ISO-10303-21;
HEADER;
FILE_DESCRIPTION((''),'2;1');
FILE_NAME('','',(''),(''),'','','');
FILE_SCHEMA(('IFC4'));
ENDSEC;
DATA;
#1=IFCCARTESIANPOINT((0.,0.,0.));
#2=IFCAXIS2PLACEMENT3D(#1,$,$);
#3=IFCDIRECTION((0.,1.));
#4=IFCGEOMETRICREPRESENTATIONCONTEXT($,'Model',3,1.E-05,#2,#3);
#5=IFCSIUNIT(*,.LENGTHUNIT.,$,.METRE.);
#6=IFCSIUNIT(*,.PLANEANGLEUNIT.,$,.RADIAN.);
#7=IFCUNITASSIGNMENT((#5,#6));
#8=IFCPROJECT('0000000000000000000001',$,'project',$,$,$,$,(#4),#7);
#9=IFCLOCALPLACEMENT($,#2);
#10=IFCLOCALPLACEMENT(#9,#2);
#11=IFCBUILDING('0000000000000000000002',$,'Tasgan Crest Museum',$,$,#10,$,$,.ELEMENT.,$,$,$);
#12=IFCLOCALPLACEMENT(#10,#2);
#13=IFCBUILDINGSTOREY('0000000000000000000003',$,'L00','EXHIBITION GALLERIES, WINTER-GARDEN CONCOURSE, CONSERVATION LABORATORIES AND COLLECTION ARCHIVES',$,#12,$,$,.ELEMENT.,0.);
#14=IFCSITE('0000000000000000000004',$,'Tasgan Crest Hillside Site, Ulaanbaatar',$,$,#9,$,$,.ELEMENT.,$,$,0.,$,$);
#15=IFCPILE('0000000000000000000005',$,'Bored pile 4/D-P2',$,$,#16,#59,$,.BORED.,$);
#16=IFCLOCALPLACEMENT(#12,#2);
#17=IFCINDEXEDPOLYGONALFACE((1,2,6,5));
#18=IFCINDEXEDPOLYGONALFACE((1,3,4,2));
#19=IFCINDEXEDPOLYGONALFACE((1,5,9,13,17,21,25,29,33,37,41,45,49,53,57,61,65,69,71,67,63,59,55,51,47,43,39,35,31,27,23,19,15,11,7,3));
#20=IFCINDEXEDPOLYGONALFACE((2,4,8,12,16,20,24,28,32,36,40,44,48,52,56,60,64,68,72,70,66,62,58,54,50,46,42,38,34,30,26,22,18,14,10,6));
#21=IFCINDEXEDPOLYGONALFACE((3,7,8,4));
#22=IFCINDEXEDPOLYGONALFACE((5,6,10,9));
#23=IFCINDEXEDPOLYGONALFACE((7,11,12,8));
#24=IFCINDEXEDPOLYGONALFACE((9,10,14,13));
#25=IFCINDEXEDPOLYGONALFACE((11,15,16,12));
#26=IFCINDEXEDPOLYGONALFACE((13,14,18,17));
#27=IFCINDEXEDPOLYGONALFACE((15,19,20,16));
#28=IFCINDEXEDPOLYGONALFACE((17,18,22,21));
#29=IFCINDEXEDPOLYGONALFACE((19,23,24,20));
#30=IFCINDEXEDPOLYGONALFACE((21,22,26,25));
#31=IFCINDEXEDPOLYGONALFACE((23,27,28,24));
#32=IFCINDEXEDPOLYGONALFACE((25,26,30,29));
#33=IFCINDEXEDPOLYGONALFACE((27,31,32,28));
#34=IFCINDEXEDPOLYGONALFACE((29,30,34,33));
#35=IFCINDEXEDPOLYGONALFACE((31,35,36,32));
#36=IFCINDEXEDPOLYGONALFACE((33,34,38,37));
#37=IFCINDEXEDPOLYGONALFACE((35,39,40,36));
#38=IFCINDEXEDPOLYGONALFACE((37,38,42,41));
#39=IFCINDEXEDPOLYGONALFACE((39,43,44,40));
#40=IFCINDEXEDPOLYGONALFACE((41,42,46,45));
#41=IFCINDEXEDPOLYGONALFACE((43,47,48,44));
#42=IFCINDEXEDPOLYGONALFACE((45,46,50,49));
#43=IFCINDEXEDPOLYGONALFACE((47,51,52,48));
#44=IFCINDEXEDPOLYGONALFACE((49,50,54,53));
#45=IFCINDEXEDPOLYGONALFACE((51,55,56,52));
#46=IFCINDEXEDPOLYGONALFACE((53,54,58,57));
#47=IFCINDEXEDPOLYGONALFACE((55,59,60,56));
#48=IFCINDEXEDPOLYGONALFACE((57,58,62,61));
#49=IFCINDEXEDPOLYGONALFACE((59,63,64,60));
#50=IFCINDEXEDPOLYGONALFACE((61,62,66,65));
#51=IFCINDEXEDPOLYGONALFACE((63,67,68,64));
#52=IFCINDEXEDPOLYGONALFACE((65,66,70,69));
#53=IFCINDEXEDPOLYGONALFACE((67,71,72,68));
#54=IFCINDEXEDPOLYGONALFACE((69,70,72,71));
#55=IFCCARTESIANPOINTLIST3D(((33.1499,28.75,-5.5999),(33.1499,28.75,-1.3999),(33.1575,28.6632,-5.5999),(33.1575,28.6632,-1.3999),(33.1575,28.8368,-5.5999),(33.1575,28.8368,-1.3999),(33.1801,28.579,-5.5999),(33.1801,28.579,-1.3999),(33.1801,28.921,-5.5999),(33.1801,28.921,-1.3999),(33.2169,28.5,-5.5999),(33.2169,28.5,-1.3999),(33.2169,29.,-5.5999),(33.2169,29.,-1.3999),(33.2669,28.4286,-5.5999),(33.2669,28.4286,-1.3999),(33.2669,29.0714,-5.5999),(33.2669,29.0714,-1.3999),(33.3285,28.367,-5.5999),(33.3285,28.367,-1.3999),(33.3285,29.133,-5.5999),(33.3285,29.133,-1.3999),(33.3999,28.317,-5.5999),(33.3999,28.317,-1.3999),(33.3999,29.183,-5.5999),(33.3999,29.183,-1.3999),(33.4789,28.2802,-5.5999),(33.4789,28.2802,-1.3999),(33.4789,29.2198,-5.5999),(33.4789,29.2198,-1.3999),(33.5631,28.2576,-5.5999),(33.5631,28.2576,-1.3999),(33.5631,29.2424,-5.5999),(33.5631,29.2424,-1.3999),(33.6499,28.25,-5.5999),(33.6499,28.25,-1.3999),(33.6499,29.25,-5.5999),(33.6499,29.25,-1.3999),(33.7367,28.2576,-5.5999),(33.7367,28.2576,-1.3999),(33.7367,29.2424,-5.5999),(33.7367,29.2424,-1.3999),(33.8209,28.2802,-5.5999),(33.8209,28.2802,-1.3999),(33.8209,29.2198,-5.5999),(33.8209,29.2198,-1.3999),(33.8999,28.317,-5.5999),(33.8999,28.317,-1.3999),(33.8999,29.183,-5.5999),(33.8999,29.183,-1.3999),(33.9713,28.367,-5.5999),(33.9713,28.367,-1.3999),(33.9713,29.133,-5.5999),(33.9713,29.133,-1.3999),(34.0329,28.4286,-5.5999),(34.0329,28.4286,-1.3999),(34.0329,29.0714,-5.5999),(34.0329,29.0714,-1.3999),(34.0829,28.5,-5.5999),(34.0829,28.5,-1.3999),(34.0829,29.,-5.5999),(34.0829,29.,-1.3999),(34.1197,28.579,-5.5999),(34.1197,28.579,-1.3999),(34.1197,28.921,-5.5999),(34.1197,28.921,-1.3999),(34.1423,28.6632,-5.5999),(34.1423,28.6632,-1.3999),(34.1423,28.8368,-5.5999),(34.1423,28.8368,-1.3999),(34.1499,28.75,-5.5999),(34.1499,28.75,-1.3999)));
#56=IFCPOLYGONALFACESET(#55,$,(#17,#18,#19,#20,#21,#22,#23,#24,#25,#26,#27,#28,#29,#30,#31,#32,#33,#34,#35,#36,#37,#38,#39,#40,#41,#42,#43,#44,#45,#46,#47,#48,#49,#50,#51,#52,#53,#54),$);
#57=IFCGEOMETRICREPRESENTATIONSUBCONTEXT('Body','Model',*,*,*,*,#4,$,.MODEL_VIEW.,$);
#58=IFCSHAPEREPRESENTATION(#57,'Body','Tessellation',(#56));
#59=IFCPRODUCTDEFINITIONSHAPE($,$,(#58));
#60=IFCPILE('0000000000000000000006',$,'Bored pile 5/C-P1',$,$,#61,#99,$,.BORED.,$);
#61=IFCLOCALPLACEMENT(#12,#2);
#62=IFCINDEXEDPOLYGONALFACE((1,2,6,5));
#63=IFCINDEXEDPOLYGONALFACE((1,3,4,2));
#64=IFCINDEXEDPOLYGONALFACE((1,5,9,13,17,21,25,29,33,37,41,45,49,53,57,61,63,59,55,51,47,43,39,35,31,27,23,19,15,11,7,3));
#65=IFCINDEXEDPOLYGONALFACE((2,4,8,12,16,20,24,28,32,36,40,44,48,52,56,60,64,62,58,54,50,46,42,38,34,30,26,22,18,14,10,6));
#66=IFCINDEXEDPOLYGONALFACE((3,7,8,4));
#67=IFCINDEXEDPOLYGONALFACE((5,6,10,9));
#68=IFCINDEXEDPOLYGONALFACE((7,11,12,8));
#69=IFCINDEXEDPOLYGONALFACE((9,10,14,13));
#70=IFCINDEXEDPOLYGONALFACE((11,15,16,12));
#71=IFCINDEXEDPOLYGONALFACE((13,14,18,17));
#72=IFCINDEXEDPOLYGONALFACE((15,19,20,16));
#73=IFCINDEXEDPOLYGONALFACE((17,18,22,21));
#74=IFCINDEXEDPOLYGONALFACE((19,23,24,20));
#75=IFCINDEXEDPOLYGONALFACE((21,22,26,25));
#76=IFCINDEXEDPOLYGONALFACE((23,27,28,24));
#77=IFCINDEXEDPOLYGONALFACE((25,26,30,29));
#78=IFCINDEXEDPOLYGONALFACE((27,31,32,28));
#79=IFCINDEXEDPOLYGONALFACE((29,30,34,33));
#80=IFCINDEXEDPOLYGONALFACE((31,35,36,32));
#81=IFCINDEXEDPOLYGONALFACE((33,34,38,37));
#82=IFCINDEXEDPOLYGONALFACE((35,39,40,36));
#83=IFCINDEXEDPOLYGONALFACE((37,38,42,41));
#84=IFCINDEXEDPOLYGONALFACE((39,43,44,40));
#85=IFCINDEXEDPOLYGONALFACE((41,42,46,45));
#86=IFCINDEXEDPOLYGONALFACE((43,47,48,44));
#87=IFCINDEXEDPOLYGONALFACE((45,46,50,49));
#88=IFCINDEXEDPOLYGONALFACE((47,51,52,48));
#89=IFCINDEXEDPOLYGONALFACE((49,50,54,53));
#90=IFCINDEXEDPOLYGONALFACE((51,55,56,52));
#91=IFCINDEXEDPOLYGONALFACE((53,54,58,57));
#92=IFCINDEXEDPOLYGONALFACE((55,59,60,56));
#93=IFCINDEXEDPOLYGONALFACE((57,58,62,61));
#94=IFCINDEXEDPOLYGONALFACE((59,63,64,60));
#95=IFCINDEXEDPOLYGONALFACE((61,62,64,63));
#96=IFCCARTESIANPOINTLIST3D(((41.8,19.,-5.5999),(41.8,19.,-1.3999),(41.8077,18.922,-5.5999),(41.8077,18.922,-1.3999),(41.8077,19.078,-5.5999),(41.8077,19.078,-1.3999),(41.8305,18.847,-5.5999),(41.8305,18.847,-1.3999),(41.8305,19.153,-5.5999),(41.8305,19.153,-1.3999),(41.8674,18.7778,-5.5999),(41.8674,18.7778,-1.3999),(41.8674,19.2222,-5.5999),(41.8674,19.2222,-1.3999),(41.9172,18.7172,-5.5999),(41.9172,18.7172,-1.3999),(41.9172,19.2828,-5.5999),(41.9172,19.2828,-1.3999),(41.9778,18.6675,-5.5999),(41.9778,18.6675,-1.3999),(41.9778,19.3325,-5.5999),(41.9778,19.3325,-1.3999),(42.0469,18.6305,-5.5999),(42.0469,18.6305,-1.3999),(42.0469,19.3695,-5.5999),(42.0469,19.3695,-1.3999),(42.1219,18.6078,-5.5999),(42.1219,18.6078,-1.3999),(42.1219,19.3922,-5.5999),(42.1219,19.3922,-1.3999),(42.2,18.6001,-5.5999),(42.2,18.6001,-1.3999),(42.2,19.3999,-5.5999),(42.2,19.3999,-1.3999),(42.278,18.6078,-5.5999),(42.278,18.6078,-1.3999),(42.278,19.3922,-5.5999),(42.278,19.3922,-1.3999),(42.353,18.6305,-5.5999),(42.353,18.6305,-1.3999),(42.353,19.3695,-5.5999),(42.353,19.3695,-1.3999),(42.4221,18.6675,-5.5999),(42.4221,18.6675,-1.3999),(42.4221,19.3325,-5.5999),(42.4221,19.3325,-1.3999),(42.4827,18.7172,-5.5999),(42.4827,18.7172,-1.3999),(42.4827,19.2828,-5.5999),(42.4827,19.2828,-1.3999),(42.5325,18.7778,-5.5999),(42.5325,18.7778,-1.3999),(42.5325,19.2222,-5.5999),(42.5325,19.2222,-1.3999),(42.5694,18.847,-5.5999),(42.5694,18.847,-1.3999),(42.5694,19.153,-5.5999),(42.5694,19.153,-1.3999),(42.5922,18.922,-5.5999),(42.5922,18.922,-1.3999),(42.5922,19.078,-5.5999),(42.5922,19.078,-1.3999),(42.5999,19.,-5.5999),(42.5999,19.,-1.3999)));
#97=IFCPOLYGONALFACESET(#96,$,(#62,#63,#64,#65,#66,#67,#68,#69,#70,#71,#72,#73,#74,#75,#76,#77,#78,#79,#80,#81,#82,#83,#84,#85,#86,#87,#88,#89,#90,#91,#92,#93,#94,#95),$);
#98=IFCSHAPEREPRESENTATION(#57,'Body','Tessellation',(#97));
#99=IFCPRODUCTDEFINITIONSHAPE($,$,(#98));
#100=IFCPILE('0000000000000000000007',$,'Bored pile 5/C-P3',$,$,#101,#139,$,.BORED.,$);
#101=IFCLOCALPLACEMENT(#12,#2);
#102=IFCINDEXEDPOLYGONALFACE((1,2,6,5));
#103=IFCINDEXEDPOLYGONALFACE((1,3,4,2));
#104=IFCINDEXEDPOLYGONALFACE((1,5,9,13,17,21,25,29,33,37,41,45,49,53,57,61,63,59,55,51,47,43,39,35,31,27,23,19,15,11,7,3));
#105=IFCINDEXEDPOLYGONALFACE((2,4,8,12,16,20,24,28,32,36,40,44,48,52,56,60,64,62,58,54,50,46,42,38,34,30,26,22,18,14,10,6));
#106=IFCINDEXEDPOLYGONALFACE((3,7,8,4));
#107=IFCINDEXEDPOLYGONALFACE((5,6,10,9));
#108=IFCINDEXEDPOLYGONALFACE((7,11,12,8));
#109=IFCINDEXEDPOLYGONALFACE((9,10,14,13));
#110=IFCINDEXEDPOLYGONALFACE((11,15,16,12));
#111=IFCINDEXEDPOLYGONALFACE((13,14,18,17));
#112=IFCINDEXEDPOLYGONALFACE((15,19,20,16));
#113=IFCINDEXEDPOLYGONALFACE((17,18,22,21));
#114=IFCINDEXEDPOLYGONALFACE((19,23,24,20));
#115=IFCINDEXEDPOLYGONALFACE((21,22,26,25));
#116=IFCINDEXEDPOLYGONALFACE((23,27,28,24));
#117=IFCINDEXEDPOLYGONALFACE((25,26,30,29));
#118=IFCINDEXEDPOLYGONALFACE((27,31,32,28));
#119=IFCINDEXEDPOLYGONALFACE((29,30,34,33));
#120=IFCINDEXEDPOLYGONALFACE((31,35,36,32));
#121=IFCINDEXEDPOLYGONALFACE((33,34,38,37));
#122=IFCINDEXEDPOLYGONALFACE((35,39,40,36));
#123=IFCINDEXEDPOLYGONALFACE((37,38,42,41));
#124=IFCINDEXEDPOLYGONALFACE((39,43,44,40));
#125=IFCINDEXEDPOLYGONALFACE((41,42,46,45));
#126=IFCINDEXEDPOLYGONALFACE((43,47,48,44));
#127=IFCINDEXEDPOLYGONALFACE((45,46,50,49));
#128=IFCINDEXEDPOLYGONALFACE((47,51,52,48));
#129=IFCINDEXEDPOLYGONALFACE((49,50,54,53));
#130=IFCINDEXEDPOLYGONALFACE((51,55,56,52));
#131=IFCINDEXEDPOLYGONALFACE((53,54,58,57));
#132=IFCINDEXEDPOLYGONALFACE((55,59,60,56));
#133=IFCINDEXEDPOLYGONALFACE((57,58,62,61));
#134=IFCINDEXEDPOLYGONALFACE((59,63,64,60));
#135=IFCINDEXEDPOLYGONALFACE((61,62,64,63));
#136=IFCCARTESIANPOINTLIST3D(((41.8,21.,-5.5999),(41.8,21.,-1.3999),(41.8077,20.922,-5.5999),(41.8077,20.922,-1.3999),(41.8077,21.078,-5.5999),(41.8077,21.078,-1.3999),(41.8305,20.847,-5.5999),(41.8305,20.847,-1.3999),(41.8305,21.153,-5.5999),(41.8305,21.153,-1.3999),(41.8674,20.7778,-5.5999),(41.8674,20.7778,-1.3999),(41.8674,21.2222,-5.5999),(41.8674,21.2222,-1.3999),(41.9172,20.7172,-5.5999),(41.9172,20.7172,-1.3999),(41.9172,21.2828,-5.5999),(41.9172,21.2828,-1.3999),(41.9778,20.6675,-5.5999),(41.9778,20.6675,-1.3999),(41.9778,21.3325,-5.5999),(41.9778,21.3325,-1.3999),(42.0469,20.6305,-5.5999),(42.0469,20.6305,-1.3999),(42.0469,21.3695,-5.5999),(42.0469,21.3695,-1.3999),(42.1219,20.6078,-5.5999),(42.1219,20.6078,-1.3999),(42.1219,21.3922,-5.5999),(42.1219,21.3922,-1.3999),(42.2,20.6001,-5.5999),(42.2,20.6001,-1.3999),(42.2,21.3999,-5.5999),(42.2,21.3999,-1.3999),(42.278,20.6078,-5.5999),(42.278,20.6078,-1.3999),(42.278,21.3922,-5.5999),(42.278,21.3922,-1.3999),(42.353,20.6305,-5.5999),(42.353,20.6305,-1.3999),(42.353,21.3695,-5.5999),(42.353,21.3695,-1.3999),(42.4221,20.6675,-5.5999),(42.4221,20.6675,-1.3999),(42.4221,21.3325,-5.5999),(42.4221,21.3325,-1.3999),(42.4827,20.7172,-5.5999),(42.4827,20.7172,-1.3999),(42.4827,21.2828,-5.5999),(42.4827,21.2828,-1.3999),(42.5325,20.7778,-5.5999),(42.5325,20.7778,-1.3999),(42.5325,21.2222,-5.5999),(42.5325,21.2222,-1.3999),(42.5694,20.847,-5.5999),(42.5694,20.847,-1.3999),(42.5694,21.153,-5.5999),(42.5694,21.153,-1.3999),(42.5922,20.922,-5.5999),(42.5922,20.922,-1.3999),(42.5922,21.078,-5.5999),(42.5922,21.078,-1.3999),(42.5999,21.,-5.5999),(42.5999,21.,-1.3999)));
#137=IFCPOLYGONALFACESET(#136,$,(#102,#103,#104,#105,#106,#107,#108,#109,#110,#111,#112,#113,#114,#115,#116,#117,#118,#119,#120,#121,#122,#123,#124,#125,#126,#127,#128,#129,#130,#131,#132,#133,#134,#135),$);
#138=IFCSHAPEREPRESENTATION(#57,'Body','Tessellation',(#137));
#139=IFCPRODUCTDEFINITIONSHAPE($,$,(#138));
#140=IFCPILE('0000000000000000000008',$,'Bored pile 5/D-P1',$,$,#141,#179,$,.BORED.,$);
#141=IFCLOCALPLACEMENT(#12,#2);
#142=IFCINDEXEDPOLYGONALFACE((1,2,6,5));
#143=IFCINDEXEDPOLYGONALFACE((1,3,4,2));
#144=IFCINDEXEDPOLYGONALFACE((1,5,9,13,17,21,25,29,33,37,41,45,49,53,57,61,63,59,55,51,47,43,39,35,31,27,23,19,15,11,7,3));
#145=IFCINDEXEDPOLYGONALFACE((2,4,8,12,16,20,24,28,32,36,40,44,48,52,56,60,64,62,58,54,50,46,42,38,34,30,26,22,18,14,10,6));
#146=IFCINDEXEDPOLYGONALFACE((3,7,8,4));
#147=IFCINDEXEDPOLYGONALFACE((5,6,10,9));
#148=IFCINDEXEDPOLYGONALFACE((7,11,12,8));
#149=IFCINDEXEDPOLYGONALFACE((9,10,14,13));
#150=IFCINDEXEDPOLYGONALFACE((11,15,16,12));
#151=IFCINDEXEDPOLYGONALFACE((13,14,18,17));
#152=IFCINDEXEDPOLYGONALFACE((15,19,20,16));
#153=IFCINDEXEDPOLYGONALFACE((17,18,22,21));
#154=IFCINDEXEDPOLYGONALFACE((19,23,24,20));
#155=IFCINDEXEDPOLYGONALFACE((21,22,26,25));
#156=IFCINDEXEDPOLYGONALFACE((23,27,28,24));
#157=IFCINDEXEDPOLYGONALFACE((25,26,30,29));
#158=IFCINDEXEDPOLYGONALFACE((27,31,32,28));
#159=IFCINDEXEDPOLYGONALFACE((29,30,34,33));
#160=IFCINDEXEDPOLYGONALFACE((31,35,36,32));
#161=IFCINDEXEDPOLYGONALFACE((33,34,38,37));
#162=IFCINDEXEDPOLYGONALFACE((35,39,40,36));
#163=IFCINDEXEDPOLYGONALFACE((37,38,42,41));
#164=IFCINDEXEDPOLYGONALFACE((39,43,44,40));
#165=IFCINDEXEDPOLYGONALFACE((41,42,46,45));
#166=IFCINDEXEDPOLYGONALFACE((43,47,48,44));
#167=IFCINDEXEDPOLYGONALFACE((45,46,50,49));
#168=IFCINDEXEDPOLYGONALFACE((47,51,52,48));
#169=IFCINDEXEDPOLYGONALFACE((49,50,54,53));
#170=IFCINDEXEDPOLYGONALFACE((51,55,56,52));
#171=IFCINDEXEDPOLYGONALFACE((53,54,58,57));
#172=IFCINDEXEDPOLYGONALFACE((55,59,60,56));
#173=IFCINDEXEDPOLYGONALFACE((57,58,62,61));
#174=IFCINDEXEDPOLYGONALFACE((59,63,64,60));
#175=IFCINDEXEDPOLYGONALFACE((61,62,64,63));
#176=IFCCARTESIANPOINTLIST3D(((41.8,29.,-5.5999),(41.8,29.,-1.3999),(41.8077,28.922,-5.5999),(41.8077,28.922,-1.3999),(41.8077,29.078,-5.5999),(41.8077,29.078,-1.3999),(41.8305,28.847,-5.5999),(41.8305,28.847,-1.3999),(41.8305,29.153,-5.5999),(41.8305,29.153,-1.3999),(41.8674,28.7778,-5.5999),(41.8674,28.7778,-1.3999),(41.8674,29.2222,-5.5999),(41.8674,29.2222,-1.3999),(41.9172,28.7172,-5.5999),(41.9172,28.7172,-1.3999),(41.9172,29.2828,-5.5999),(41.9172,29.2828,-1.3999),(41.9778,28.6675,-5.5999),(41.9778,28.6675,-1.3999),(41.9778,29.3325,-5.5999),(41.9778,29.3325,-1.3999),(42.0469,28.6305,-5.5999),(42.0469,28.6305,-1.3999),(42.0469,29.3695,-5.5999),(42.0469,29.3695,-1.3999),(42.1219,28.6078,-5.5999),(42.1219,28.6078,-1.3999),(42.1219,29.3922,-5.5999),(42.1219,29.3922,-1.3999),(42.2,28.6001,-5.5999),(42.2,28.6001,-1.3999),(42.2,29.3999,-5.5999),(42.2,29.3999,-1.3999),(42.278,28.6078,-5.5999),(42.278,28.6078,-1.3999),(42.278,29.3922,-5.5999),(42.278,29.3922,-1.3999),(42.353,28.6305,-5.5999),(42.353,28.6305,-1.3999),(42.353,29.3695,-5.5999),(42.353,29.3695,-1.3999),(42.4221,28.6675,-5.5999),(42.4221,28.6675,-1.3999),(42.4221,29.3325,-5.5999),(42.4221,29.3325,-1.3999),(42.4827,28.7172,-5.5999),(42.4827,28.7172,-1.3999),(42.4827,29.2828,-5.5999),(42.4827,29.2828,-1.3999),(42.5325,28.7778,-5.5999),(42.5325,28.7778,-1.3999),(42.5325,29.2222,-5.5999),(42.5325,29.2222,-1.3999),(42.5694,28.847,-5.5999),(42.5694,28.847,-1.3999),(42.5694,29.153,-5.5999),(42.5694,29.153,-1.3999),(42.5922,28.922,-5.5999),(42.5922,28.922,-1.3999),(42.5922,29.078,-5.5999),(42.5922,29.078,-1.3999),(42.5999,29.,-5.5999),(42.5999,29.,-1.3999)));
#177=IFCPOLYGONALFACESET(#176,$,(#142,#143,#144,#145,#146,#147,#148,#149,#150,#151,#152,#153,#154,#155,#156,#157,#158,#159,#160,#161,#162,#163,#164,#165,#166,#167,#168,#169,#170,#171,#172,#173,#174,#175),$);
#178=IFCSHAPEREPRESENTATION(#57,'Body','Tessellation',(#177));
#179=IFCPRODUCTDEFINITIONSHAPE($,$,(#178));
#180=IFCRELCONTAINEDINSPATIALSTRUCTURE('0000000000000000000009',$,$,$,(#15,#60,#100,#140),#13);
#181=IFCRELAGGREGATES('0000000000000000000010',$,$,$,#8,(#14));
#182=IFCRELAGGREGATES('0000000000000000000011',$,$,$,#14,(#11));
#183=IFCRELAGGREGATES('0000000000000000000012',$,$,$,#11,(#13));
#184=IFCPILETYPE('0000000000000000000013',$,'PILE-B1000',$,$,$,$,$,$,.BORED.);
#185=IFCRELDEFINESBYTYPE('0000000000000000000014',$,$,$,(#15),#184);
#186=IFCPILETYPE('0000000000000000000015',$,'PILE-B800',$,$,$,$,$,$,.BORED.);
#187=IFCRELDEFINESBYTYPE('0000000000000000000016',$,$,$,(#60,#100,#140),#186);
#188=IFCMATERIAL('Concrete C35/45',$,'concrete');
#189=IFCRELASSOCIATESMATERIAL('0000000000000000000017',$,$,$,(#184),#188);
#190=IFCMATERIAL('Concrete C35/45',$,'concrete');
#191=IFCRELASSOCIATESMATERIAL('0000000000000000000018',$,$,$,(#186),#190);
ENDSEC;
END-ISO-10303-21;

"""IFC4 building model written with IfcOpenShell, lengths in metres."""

from ifc_helpers import new_model, si_unit, direction, frame, origin, origin_2d, place, context, subcontext, project, spatial, circle, extrude, material, material_profile, profile_set, type_object, element, save


model = new_model("IFC4")

# Units and contexts
model_context = context("Model", 3, precision=1e-05, world=origin(), true_north=direction((0.0, 1.0)))
body_context = subcontext(model_context, "Body", "Model", "MODEL_VIEW")
ifc_project = project(units=[si_unit("LENGTHUNIT", "METRE"), si_unit("PLANEANGLEUNIT", "RADIAN")], contexts=[model_context])

# Site, building, storey
site_placement = place(None, origin())
site = spatial("IfcSite", under=ifc_project, at=site_placement, Name="Tasgan Crest Hillside Site, Ulaanbaatar", CompositionType="ELEMENT", RefElevation=0.0)
building_placement = place(site_placement, origin())
building = spatial("IfcBuilding", under=site, at=building_placement, Name="Tasgan Crest Museum", CompositionType="ELEMENT")
storey_placement = place(building_placement, origin())
storey = spatial("IfcBuildingStorey", under=building, at=storey_placement, Name="L00", Description="EXHIBITION GALLERIES, WINTER-GARDEN CONCOURSE, CONSERVATION LABORATORIES AND COLLECTION ARCHIVES", CompositionType="ELEMENT", Elevation=0.0)

# Piles
ifc_material_1 = material(Name="Concrete C35/45", Category="concrete")
ifc_material_profile_1 = material_profile(ifc_material_1, circle(Radius=0.5, at=origin_2d()), Name="PILE D1000")
ifc_profile_set_1 = profile_set([ifc_material_profile_1], Name="Concrete C35/45")
pile_type_1 = type_object("IfcPileType", Name="PILE-B1000", PredefinedType="BORED", material=ifc_profile_set_1)
for number, where, z_axis, x_axis, name in (
    (1, (33.6499, 28.75, -1.3999), (0.0, 0.0, -1.0), (1.0, 0.0, 0.0), "Bored pile 4/D-P2"),
):
    element("IfcPile", number, at=place(storey_placement, frame(where, z_axis=z_axis, x_axis=x_axis)), inside=storey, type_object=pile_type_1, Name=name, PredefinedType="BORED", context=body_context, shape_type="SweptSolid", body=[
        extrude(circle(Radius=0.5, at=origin_2d()), origin(), (0.0, 0.0, 1.0), 4.2),
    ])
ifc_material_2 = material(Name="Concrete C35/45", Category="concrete")
ifc_material_profile_2 = material_profile(ifc_material_2, circle(Radius=0.3999, at=origin_2d()), Name="PILE D800")
ifc_profile_set_2 = profile_set([ifc_material_profile_2], Name="Concrete C35/45")
pile_type_2 = type_object("IfcPileType", Name="PILE-B800", PredefinedType="BORED", material=ifc_profile_set_2)
for number, where, z_axis, x_axis, name in (
    (2, (42.2, 19.0, -1.3999), (0.0, 0.0, -1.0), (1.0, 0.0, 0.0), "Bored pile 5/C-P1"),
    (3, (42.2, 21.0, -1.3999), (0.0, 0.0, -1.0), (1.0, 0.0, 0.0), "Bored pile 5/C-P3"),
    (4, (42.2, 29.0, -1.3999), (0.0, 0.0, -1.0), (1.0, 0.0, 0.0), "Bored pile 5/D-P1"),
):
    element("IfcPile", number, at=place(storey_placement, frame(where, z_axis=z_axis, x_axis=x_axis)), inside=storey, type_object=pile_type_2, Name=name, PredefinedType="BORED", context=body_context, shape_type="SweptSolid", body=[
        extrude(circle(Radius=0.3999, at=origin_2d()), origin(), (0.0, 0.0, 1.0), 4.2),
    ])

save(model, "model.ifc")
